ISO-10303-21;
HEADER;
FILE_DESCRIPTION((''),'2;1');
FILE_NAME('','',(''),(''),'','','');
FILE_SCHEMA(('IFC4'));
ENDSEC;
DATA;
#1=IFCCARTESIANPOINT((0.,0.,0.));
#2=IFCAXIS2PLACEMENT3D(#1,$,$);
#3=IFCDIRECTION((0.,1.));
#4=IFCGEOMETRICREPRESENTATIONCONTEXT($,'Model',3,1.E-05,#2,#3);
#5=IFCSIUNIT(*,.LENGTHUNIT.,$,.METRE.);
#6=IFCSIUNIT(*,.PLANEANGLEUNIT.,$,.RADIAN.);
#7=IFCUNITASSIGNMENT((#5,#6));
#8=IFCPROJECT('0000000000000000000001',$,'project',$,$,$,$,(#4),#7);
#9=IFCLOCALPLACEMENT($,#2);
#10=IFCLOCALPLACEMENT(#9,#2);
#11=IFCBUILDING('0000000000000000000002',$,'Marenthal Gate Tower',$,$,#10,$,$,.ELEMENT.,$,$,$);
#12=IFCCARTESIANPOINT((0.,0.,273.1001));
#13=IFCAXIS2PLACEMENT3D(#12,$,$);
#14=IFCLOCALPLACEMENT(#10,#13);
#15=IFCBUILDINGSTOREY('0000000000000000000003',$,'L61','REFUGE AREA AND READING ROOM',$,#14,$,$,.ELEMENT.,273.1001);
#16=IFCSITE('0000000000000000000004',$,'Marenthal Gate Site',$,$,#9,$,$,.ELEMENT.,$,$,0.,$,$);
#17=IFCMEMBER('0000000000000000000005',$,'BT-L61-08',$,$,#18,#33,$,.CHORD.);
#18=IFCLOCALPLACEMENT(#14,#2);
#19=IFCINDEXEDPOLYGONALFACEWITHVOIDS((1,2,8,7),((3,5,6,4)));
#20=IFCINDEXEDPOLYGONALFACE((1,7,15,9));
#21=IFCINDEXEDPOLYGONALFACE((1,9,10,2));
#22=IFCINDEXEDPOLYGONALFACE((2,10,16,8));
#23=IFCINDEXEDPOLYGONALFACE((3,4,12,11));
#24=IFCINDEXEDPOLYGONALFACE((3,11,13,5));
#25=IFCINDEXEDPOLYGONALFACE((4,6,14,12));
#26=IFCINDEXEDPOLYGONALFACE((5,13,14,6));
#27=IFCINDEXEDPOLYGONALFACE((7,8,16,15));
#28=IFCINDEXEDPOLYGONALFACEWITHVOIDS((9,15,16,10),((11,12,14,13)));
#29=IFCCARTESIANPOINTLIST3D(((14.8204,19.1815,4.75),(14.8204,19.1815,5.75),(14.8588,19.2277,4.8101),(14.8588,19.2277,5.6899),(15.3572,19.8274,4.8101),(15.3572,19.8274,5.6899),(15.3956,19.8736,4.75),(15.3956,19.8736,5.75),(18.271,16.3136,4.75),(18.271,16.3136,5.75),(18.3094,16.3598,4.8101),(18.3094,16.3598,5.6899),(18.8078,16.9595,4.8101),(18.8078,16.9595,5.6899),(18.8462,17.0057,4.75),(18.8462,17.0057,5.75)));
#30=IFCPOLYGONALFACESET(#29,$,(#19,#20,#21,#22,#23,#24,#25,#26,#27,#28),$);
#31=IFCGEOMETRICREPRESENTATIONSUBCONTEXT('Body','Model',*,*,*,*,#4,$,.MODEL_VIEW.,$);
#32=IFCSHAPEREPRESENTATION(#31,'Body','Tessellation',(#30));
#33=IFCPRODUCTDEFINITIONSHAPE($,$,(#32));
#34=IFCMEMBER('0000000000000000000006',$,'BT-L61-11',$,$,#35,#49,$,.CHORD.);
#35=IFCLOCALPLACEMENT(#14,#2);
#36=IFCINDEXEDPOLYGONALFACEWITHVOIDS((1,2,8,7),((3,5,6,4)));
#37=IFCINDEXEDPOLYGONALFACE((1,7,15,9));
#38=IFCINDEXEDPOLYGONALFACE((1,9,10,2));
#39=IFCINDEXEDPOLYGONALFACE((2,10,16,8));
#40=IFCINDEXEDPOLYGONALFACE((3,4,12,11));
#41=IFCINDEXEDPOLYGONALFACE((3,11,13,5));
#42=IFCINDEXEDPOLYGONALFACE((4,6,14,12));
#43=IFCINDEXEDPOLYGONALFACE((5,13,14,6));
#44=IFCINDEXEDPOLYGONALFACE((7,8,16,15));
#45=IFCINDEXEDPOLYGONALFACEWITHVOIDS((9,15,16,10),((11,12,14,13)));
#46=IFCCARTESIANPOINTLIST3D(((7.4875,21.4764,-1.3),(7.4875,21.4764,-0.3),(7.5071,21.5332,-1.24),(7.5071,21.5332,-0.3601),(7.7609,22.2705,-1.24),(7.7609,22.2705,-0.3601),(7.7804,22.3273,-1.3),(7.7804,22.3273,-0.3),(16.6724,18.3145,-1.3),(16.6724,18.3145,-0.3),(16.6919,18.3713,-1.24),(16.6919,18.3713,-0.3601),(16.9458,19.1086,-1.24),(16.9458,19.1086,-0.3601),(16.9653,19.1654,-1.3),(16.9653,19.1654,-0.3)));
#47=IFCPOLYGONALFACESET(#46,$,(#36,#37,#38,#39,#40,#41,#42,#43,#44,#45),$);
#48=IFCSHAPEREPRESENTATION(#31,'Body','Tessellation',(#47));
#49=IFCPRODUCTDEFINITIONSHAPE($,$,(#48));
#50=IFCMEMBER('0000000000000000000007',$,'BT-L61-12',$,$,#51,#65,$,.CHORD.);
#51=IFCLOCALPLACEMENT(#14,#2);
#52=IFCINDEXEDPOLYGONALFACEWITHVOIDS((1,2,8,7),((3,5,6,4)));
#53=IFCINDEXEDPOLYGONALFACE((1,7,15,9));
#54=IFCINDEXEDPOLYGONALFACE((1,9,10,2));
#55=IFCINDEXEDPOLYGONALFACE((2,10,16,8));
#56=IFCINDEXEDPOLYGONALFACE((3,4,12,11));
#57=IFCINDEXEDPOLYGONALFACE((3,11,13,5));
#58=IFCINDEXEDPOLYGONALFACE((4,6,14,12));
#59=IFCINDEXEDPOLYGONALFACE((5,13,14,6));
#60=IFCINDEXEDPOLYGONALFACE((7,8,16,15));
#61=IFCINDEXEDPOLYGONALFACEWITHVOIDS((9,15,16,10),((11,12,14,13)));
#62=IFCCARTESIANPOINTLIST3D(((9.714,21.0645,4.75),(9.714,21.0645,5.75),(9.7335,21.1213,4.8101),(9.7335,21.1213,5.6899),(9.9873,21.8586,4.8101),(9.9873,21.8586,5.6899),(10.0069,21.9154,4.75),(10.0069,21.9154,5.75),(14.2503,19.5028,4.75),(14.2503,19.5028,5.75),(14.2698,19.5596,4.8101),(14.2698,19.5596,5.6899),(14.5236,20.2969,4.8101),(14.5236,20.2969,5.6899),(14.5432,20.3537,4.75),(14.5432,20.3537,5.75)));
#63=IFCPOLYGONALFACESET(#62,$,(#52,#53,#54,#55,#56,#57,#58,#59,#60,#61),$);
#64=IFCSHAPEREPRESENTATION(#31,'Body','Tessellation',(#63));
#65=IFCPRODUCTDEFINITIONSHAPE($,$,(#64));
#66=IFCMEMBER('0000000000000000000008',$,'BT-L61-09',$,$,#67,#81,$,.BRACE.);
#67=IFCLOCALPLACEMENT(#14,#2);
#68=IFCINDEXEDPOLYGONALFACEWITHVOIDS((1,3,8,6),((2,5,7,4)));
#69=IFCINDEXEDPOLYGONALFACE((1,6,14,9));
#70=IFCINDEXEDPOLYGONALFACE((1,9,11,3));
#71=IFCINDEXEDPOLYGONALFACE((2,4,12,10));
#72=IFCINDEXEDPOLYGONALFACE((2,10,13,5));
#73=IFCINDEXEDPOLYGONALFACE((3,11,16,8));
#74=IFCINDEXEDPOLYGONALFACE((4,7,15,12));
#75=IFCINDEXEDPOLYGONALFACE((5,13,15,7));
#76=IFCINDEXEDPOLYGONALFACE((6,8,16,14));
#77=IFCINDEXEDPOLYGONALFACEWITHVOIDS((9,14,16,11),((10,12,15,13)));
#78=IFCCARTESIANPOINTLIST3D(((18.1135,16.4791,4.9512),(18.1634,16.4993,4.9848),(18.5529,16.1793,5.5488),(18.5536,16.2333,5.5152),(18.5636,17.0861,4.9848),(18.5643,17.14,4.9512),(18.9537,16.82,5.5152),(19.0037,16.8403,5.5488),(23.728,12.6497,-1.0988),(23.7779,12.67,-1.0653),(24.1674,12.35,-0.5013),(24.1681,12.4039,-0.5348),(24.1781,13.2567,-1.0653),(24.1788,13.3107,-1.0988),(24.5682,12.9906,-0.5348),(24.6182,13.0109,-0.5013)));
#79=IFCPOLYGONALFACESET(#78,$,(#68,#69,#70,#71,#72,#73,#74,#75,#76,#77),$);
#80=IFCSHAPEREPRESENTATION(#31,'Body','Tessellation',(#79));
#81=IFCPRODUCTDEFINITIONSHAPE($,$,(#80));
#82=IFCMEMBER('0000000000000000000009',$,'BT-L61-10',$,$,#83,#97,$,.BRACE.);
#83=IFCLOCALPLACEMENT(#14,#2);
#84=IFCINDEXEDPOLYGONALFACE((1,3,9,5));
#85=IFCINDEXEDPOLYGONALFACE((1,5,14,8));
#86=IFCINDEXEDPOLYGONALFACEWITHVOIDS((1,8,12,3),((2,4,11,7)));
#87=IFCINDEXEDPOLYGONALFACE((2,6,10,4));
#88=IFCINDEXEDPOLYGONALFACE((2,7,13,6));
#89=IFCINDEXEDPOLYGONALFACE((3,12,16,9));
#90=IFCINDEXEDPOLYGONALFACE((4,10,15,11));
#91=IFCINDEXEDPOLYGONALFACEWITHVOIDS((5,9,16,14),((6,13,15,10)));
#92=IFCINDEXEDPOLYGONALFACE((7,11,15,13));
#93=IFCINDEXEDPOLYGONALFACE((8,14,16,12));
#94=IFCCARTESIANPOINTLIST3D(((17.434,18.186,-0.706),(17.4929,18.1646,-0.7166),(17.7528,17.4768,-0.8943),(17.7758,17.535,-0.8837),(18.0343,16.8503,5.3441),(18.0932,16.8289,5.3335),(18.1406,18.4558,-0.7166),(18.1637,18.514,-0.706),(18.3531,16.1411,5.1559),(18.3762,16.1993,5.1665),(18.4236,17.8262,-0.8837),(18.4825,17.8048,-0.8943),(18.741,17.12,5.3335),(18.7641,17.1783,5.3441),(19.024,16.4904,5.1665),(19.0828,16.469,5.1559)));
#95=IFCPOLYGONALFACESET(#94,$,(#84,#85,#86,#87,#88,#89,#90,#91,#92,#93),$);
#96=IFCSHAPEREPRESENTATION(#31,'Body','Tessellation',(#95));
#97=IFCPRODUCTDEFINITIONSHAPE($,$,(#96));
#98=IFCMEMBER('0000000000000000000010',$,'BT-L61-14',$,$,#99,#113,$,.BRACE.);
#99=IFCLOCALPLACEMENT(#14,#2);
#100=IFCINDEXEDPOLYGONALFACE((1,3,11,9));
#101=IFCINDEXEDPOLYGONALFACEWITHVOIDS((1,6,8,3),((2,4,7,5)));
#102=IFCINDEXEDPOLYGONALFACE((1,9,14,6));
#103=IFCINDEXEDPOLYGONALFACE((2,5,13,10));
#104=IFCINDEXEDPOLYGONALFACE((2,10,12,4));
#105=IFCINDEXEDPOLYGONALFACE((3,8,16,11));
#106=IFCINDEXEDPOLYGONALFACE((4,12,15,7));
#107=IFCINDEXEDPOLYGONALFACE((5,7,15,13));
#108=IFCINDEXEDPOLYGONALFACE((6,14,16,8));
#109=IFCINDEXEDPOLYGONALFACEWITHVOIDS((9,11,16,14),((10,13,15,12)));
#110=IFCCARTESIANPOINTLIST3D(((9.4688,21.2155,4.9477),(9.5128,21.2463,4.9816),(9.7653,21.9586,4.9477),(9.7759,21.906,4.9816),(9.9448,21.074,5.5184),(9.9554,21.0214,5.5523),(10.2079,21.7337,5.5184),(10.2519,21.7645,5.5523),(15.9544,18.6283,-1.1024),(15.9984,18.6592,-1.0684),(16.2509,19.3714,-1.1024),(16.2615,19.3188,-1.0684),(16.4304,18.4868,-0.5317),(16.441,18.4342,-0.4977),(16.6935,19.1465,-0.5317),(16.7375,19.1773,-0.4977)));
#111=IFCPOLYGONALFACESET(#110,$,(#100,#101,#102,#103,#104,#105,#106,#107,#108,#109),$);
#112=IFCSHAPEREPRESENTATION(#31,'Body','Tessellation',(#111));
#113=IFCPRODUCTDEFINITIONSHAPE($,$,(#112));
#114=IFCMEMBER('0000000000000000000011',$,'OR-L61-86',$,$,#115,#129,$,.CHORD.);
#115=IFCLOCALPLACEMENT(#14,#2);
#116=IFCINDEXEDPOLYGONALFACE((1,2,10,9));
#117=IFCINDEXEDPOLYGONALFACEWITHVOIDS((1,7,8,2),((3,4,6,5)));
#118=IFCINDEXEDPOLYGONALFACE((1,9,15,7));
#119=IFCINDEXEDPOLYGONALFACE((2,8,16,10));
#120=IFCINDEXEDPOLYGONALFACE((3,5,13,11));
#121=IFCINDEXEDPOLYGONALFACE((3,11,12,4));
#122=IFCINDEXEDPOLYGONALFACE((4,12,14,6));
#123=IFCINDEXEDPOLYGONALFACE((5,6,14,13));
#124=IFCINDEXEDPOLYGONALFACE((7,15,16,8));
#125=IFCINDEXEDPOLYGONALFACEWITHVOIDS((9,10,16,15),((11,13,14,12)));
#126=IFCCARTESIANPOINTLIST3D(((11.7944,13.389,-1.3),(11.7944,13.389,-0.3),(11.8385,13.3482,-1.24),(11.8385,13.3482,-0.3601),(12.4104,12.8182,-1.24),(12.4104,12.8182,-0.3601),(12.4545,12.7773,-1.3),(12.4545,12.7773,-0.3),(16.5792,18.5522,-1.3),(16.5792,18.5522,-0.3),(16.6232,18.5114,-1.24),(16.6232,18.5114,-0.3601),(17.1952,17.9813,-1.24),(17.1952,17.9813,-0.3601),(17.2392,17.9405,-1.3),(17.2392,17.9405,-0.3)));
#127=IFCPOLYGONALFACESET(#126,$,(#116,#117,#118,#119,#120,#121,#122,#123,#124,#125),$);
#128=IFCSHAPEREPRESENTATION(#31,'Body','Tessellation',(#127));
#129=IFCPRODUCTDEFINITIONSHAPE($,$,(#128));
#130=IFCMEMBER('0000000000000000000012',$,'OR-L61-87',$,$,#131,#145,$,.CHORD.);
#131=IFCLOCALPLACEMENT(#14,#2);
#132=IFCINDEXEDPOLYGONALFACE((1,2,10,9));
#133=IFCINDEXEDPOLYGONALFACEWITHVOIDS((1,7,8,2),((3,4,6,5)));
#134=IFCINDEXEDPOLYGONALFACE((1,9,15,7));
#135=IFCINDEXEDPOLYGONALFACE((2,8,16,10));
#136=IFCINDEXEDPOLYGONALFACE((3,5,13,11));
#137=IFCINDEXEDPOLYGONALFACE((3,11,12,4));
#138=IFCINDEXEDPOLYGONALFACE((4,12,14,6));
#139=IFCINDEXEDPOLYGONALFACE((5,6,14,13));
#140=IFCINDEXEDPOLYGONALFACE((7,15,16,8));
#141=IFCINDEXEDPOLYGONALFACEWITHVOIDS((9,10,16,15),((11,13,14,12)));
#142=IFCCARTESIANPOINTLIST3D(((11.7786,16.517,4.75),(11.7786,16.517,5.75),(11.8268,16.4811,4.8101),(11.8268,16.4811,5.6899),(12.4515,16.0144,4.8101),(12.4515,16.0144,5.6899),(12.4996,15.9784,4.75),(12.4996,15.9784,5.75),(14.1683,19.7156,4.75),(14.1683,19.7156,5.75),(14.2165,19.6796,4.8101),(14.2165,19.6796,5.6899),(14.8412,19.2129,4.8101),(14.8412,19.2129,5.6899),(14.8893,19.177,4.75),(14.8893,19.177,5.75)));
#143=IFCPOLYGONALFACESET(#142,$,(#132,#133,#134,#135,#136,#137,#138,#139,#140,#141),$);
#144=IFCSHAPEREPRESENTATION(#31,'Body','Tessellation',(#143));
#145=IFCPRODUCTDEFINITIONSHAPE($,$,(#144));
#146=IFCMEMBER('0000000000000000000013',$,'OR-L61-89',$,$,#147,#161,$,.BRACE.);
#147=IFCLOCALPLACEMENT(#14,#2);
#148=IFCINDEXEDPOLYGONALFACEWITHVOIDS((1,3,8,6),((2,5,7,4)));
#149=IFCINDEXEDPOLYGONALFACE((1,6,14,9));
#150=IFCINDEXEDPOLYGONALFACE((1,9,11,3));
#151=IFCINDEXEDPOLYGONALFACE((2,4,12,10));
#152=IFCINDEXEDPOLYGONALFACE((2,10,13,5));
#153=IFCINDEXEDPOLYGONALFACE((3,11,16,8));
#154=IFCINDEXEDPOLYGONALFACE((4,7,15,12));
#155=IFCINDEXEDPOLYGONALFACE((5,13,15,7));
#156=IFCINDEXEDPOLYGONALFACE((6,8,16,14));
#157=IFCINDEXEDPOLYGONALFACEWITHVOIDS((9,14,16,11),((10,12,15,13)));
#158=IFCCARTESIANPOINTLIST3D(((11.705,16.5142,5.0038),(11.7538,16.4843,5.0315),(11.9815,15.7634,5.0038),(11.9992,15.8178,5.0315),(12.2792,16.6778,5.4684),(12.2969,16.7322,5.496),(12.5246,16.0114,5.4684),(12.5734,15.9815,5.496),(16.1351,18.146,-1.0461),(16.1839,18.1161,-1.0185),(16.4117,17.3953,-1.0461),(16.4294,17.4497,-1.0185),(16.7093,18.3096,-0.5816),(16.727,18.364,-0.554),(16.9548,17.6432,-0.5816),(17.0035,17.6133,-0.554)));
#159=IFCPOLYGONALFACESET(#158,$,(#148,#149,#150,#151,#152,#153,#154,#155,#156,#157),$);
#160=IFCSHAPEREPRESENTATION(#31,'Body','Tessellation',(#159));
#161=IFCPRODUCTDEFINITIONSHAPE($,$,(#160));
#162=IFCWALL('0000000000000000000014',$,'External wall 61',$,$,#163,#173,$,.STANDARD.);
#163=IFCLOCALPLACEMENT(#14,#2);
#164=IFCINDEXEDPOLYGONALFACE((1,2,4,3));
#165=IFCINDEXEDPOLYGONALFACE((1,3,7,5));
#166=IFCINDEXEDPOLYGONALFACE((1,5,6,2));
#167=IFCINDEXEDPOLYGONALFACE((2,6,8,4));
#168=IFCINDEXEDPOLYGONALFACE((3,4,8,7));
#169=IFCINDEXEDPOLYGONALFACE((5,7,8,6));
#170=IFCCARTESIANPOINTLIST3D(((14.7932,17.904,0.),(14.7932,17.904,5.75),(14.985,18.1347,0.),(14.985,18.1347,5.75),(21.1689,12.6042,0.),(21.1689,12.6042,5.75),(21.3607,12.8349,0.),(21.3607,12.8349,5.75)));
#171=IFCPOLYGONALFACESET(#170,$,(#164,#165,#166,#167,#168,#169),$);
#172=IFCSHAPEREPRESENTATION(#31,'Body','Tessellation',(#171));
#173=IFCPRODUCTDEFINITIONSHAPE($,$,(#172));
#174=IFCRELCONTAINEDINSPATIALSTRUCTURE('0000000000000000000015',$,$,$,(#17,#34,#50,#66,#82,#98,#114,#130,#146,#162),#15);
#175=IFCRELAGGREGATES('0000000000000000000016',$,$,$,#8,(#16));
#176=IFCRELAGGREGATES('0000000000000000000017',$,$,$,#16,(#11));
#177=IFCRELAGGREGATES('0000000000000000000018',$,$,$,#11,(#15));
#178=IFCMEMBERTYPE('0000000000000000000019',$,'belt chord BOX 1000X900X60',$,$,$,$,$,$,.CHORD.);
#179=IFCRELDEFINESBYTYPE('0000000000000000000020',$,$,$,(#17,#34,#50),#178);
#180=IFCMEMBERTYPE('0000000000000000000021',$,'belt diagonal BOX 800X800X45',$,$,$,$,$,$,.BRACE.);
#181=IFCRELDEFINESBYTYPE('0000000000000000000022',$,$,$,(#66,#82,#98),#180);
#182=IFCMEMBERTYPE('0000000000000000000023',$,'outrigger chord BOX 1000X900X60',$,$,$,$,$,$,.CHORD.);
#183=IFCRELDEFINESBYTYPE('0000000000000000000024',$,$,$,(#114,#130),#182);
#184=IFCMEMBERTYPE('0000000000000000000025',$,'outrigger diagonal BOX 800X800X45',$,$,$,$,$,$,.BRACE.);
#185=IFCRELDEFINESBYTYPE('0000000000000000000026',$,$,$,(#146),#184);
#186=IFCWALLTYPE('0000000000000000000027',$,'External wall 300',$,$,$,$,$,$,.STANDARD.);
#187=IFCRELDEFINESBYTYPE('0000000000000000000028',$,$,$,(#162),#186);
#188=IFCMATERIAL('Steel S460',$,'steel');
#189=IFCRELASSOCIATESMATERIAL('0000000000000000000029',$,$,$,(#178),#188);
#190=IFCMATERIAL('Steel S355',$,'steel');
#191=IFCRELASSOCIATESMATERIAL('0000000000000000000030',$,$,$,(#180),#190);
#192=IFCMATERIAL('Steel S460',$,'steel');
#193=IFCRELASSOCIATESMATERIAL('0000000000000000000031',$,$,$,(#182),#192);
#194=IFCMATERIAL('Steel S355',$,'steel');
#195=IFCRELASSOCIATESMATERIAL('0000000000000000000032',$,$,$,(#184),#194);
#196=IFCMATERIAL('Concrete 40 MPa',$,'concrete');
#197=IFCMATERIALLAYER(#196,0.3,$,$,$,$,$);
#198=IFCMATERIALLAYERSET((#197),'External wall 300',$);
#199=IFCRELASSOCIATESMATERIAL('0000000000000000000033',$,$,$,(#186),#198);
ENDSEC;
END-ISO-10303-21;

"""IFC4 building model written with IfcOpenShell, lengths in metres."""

from ifc_helpers import new_model, si_unit, direction, frame, frame_2d, origin, origin_2d, place, context, subcontext, project, spatial, rectangle, hollow_rectangle, extrude, material, layer, layer_set, material_profile, profile_set, type_object, element, save


model = new_model("IFC4")

# Units and contexts
model_context = context("Model", 3, precision=1e-05, world=origin(), true_north=direction((0.0, 1.0)))
body_context = subcontext(model_context, "Body", "Model", "MODEL_VIEW")
ifc_project = project(units=[si_unit("LENGTHUNIT", "METRE"), si_unit("PLANEANGLEUNIT", "RADIAN")], contexts=[model_context])

# Site, building, storey
site_placement = place(None, origin())
site = spatial("IfcSite", under=ifc_project, at=site_placement, Name="Marenthal Gate Site", CompositionType="ELEMENT", RefElevation=0.0)
building_placement = place(site_placement, origin())
building = spatial("IfcBuilding", under=site, at=building_placement, Name="Marenthal Gate Tower", CompositionType="ELEMENT")
storey_placement = place(building_placement, frame((0.0, 0.0, 273.1001)))
storey = spatial("IfcBuildingStorey", under=building, at=storey_placement, Name="L61", Description="REFUGE AREA AND READING ROOM", CompositionType="ELEMENT", Elevation=273.1001)

# Members
ifc_material_1 = material(Name="Steel S460", Category="steel")
ifc_material_profile_1 = material_profile(ifc_material_1, hollow_rectangle(XDim=0.8999, YDim=1.0, WallThickness=0.0601, at=origin_2d()), Name="BOX 1000X900X60")
ifc_profile_set_1 = profile_set([ifc_material_profile_1], Name="Steel S460")
member_type_1 = type_object("IfcMemberType", Name="belt chord BOX 1000X900X60", PredefinedType="CHORD", material=ifc_profile_set_1)
for number, where, z_axis, x_axis, name in (
    (1, (18.5586, 16.6597, 5.25), (-0.769059, 0.639178, 0.0), (-0.639178, -0.769059, 0.0), "BT-L61-08"),
):
    element("IfcMember", number, at=place(storey_placement, frame(where, z_axis=z_axis, x_axis=x_axis)), inside=storey, type_object=member_type_1, Name=name, PredefinedType="CHORD", context=body_context, shape_type="SweptSolid", body=[
        extrude(hollow_rectangle(XDim=0.8999, YDim=1.0, WallThickness=0.0601, at=origin_2d()), origin(), (0.0, 0.0, 1.0), 4.4868),
    ])
member_1_placement = place(storey_placement, frame((16.8188, 18.74, -0.8), z_axis=(-0.945541, 0.325502, 0.0), x_axis=(-0.325502, -0.945541, 0.0)))
element("IfcMember", 2, at=member_1_placement, inside=storey, type_object=member_type_1, Name="BT-L61-11", PredefinedType="CHORD", context=body_context, shape_type="SweptSolid", body=[
    extrude(hollow_rectangle(XDim=0.8999, YDim=1.0, WallThickness=0.0601, at=origin_2d()), origin(), (0.0, 0.0, 1.0), 9.7139),
])
member_2_placement = place(storey_placement, frame((14.3967, 19.9282, 5.25), z_axis=(-0.945533, 0.325525, 0.0), x_axis=(-0.325525, -0.945533, 0.0)))
element("IfcMember", 3, at=member_2_placement, inside=storey, type_object=member_type_1, Name="BT-L61-12", PredefinedType="CHORD", context=body_context, shape_type="SweptSolid", body=[
    extrude(hollow_rectangle(XDim=0.8999, YDim=1.0, WallThickness=0.0601, at=origin_2d()), origin(), (0.0, 0.0, 1.0), 4.7976),
])
ifc_material_2 = material(Name="Steel S355", Category="steel")
ifc_material_profile_2 = material_profile(ifc_material_2, hollow_rectangle(XDim=0.8, YDim=0.8, WallThickness=0.0449, at=origin_2d()), Name="BOX 800X800X45")
ifc_profile_set_2 = profile_set([ifc_material_profile_2], Name="Steel S355")
member_type_2 = type_object("IfcMemberType", Name="belt diagonal BOX 800X800X45", PredefinedType="BRACE", material=ifc_profile_set_2)
member_3_placement = place(storey_placement, frame((24.1731, 12.8303, -0.8), z_axis=(-0.617054, 0.420859, 0.664922), x_axis=(-0.563465, -0.82614, 0.0)))
element("IfcMember", 4, at=member_3_placement, inside=storey, type_object=member_type_2, Name="BT-L61-09", PredefinedType="BRACE", context=body_context, shape_type="SweptSolid", body=[
    extrude(hollow_rectangle(XDim=0.8, YDim=0.8, WallThickness=0.0449, at=origin_2d()), origin(), (0.0, 0.0, 1.0), 9.0989),
])
member_4_placement = place(storey_placement, frame((18.5586, 16.6597, 5.25), z_axis=(-0.096444, 0.214578, -0.971934), x_axis=(-0.912105, -0.409956, 0.0)))
element("IfcMember", 5, at=member_4_placement, inside=storey, type_object=member_type_2, Name="BT-L61-10", PredefinedType="BRACE", context=body_context, shape_type="SweptSolid", body=[
    extrude(hollow_rectangle(XDim=0.8, YDim=0.8, WallThickness=0.0449, at=origin_2d()), origin(), (0.0, 0.0, 1.0), 6.2249),
])
member_5_placement = place(storey_placement, frame((16.3459, 18.9028, -0.8), z_axis=(-0.701979, 0.280025, 0.654837), x_axis=(-0.370516, -0.928826, 0.0)))
element("IfcMember", 6, at=member_5_placement, inside=storey, type_object=member_type_2, Name="BT-L61-14", PredefinedType="BRACE", context=body_context, shape_type="SweptSolid", body=[
    extrude(hollow_rectangle(XDim=0.8, YDim=0.8, WallThickness=0.0449, at=origin_2d()), origin(), (0.0, 0.0, 1.0), 9.239),
])
ifc_material_3 = material(Name="Steel S460", Category="steel")
ifc_material_profile_3 = material_profile(ifc_material_3, hollow_rectangle(XDim=0.8999, YDim=1.0, WallThickness=0.0601, at=origin_2d()), Name="BOX 1000X900X60")
ifc_profile_set_3 = profile_set([ifc_material_profile_3], Name="Steel S460")
member_type_3 = type_object("IfcMemberType", Name="outrigger chord BOX 1000X900X60", PredefinedType="CHORD", material=ifc_profile_set_3)
member_6_placement = place(storey_placement, frame((16.9092, 18.2463, -0.8), z_axis=(-0.679716, -0.733475, 0.0), x_axis=(0.733475, -0.679716, 0.0)))
element("IfcMember", 7, at=member_6_placement, inside=storey, type_object=member_type_3, Name="OR-L61-86", PredefinedType="CHORD", context=body_context, shape_type="SweptSolid", body=[
    extrude(hollow_rectangle(XDim=0.8999, YDim=1.0, WallThickness=0.0601, at=origin_2d()), origin(), (0.0, 0.0, 1.0), 7.0393),
])
member_7_placement = place(storey_placement, frame((14.5288, 19.4463, 5.25), z_axis=(-0.598522, -0.801107, 0.0), x_axis=(0.801107, -0.598522, 0.0)))
element("IfcMember", 8, at=member_7_placement, inside=storey, type_object=member_type_3, Name="OR-L61-87", PredefinedType="CHORD", context=body_context, shape_type="SweptSolid", body=[
    extrude(hollow_rectangle(XDim=0.8999, YDim=1.0, WallThickness=0.0601, at=origin_2d()), origin(), (0.0, 0.0, 1.0), 3.9927),
])
ifc_material_4 = material(Name="Steel S355", Category="steel")
ifc_material_profile_4 = material_profile(ifc_material_4, hollow_rectangle(XDim=0.8, YDim=0.8, WallThickness=0.0449, at=origin_2d()), Name="BOX 800X800X45")
ifc_profile_set_4 = profile_set([ifc_material_profile_4], Name="Steel S355")
member_type_4 = type_object("IfcMemberType", Name="outrigger diagonal BOX 800X800X45", PredefinedType="BRACE", material=ifc_profile_set_4)
member_8_placement = place(storey_placement, frame((16.5693, 17.8796, -0.8), z_axis=(-0.577286, -0.212641, 0.788368), x_axis=(0.345643, -0.938366, 0.0)))
element("IfcMember", 9, at=member_8_placement, inside=storey, type_object=member_type_4, Name="OR-L61-89", PredefinedType="BRACE", context=body_context, shape_type="SweptSolid", body=[
    extrude(hollow_rectangle(XDim=0.8, YDim=0.8, WallThickness=0.0449, at=origin_2d()), origin(), (0.0, 0.0, 1.0), 7.6741),
])

# Wall
ifc_material_5 = material(Name="Concrete 40 MPa", Category="concrete")
ifc_layer_1 = layer(ifc_material_5, 0.3)
ifc_layer_set_1 = layer_set([ifc_layer_1], Name="External wall 300")
wall_type_1 = type_object("IfcWallType", Name="External wall 300", PredefinedType="STANDARD", material=ifc_layer_set_1)
wall_1_placement = place(storey_placement, frame((21.2649, 12.7195, 0.0), z_axis=(0.0, 0.0, 1.0), x_axis=(-0.76901, 0.639237, 0.0)))
element("IfcWall", 10, at=wall_1_placement, inside=storey, type_object=wall_type_1, Name="External wall 61", PredefinedType="STANDARD", context=body_context, shape_type="SweptSolid", body=[
    extrude(rectangle(XDim=8.2908, YDim=0.3, at=frame_2d((4.1455, 0.0))), origin(), (0.0, 0.0, 1.0), 5.75),
])

save(model, "model.ifc")
